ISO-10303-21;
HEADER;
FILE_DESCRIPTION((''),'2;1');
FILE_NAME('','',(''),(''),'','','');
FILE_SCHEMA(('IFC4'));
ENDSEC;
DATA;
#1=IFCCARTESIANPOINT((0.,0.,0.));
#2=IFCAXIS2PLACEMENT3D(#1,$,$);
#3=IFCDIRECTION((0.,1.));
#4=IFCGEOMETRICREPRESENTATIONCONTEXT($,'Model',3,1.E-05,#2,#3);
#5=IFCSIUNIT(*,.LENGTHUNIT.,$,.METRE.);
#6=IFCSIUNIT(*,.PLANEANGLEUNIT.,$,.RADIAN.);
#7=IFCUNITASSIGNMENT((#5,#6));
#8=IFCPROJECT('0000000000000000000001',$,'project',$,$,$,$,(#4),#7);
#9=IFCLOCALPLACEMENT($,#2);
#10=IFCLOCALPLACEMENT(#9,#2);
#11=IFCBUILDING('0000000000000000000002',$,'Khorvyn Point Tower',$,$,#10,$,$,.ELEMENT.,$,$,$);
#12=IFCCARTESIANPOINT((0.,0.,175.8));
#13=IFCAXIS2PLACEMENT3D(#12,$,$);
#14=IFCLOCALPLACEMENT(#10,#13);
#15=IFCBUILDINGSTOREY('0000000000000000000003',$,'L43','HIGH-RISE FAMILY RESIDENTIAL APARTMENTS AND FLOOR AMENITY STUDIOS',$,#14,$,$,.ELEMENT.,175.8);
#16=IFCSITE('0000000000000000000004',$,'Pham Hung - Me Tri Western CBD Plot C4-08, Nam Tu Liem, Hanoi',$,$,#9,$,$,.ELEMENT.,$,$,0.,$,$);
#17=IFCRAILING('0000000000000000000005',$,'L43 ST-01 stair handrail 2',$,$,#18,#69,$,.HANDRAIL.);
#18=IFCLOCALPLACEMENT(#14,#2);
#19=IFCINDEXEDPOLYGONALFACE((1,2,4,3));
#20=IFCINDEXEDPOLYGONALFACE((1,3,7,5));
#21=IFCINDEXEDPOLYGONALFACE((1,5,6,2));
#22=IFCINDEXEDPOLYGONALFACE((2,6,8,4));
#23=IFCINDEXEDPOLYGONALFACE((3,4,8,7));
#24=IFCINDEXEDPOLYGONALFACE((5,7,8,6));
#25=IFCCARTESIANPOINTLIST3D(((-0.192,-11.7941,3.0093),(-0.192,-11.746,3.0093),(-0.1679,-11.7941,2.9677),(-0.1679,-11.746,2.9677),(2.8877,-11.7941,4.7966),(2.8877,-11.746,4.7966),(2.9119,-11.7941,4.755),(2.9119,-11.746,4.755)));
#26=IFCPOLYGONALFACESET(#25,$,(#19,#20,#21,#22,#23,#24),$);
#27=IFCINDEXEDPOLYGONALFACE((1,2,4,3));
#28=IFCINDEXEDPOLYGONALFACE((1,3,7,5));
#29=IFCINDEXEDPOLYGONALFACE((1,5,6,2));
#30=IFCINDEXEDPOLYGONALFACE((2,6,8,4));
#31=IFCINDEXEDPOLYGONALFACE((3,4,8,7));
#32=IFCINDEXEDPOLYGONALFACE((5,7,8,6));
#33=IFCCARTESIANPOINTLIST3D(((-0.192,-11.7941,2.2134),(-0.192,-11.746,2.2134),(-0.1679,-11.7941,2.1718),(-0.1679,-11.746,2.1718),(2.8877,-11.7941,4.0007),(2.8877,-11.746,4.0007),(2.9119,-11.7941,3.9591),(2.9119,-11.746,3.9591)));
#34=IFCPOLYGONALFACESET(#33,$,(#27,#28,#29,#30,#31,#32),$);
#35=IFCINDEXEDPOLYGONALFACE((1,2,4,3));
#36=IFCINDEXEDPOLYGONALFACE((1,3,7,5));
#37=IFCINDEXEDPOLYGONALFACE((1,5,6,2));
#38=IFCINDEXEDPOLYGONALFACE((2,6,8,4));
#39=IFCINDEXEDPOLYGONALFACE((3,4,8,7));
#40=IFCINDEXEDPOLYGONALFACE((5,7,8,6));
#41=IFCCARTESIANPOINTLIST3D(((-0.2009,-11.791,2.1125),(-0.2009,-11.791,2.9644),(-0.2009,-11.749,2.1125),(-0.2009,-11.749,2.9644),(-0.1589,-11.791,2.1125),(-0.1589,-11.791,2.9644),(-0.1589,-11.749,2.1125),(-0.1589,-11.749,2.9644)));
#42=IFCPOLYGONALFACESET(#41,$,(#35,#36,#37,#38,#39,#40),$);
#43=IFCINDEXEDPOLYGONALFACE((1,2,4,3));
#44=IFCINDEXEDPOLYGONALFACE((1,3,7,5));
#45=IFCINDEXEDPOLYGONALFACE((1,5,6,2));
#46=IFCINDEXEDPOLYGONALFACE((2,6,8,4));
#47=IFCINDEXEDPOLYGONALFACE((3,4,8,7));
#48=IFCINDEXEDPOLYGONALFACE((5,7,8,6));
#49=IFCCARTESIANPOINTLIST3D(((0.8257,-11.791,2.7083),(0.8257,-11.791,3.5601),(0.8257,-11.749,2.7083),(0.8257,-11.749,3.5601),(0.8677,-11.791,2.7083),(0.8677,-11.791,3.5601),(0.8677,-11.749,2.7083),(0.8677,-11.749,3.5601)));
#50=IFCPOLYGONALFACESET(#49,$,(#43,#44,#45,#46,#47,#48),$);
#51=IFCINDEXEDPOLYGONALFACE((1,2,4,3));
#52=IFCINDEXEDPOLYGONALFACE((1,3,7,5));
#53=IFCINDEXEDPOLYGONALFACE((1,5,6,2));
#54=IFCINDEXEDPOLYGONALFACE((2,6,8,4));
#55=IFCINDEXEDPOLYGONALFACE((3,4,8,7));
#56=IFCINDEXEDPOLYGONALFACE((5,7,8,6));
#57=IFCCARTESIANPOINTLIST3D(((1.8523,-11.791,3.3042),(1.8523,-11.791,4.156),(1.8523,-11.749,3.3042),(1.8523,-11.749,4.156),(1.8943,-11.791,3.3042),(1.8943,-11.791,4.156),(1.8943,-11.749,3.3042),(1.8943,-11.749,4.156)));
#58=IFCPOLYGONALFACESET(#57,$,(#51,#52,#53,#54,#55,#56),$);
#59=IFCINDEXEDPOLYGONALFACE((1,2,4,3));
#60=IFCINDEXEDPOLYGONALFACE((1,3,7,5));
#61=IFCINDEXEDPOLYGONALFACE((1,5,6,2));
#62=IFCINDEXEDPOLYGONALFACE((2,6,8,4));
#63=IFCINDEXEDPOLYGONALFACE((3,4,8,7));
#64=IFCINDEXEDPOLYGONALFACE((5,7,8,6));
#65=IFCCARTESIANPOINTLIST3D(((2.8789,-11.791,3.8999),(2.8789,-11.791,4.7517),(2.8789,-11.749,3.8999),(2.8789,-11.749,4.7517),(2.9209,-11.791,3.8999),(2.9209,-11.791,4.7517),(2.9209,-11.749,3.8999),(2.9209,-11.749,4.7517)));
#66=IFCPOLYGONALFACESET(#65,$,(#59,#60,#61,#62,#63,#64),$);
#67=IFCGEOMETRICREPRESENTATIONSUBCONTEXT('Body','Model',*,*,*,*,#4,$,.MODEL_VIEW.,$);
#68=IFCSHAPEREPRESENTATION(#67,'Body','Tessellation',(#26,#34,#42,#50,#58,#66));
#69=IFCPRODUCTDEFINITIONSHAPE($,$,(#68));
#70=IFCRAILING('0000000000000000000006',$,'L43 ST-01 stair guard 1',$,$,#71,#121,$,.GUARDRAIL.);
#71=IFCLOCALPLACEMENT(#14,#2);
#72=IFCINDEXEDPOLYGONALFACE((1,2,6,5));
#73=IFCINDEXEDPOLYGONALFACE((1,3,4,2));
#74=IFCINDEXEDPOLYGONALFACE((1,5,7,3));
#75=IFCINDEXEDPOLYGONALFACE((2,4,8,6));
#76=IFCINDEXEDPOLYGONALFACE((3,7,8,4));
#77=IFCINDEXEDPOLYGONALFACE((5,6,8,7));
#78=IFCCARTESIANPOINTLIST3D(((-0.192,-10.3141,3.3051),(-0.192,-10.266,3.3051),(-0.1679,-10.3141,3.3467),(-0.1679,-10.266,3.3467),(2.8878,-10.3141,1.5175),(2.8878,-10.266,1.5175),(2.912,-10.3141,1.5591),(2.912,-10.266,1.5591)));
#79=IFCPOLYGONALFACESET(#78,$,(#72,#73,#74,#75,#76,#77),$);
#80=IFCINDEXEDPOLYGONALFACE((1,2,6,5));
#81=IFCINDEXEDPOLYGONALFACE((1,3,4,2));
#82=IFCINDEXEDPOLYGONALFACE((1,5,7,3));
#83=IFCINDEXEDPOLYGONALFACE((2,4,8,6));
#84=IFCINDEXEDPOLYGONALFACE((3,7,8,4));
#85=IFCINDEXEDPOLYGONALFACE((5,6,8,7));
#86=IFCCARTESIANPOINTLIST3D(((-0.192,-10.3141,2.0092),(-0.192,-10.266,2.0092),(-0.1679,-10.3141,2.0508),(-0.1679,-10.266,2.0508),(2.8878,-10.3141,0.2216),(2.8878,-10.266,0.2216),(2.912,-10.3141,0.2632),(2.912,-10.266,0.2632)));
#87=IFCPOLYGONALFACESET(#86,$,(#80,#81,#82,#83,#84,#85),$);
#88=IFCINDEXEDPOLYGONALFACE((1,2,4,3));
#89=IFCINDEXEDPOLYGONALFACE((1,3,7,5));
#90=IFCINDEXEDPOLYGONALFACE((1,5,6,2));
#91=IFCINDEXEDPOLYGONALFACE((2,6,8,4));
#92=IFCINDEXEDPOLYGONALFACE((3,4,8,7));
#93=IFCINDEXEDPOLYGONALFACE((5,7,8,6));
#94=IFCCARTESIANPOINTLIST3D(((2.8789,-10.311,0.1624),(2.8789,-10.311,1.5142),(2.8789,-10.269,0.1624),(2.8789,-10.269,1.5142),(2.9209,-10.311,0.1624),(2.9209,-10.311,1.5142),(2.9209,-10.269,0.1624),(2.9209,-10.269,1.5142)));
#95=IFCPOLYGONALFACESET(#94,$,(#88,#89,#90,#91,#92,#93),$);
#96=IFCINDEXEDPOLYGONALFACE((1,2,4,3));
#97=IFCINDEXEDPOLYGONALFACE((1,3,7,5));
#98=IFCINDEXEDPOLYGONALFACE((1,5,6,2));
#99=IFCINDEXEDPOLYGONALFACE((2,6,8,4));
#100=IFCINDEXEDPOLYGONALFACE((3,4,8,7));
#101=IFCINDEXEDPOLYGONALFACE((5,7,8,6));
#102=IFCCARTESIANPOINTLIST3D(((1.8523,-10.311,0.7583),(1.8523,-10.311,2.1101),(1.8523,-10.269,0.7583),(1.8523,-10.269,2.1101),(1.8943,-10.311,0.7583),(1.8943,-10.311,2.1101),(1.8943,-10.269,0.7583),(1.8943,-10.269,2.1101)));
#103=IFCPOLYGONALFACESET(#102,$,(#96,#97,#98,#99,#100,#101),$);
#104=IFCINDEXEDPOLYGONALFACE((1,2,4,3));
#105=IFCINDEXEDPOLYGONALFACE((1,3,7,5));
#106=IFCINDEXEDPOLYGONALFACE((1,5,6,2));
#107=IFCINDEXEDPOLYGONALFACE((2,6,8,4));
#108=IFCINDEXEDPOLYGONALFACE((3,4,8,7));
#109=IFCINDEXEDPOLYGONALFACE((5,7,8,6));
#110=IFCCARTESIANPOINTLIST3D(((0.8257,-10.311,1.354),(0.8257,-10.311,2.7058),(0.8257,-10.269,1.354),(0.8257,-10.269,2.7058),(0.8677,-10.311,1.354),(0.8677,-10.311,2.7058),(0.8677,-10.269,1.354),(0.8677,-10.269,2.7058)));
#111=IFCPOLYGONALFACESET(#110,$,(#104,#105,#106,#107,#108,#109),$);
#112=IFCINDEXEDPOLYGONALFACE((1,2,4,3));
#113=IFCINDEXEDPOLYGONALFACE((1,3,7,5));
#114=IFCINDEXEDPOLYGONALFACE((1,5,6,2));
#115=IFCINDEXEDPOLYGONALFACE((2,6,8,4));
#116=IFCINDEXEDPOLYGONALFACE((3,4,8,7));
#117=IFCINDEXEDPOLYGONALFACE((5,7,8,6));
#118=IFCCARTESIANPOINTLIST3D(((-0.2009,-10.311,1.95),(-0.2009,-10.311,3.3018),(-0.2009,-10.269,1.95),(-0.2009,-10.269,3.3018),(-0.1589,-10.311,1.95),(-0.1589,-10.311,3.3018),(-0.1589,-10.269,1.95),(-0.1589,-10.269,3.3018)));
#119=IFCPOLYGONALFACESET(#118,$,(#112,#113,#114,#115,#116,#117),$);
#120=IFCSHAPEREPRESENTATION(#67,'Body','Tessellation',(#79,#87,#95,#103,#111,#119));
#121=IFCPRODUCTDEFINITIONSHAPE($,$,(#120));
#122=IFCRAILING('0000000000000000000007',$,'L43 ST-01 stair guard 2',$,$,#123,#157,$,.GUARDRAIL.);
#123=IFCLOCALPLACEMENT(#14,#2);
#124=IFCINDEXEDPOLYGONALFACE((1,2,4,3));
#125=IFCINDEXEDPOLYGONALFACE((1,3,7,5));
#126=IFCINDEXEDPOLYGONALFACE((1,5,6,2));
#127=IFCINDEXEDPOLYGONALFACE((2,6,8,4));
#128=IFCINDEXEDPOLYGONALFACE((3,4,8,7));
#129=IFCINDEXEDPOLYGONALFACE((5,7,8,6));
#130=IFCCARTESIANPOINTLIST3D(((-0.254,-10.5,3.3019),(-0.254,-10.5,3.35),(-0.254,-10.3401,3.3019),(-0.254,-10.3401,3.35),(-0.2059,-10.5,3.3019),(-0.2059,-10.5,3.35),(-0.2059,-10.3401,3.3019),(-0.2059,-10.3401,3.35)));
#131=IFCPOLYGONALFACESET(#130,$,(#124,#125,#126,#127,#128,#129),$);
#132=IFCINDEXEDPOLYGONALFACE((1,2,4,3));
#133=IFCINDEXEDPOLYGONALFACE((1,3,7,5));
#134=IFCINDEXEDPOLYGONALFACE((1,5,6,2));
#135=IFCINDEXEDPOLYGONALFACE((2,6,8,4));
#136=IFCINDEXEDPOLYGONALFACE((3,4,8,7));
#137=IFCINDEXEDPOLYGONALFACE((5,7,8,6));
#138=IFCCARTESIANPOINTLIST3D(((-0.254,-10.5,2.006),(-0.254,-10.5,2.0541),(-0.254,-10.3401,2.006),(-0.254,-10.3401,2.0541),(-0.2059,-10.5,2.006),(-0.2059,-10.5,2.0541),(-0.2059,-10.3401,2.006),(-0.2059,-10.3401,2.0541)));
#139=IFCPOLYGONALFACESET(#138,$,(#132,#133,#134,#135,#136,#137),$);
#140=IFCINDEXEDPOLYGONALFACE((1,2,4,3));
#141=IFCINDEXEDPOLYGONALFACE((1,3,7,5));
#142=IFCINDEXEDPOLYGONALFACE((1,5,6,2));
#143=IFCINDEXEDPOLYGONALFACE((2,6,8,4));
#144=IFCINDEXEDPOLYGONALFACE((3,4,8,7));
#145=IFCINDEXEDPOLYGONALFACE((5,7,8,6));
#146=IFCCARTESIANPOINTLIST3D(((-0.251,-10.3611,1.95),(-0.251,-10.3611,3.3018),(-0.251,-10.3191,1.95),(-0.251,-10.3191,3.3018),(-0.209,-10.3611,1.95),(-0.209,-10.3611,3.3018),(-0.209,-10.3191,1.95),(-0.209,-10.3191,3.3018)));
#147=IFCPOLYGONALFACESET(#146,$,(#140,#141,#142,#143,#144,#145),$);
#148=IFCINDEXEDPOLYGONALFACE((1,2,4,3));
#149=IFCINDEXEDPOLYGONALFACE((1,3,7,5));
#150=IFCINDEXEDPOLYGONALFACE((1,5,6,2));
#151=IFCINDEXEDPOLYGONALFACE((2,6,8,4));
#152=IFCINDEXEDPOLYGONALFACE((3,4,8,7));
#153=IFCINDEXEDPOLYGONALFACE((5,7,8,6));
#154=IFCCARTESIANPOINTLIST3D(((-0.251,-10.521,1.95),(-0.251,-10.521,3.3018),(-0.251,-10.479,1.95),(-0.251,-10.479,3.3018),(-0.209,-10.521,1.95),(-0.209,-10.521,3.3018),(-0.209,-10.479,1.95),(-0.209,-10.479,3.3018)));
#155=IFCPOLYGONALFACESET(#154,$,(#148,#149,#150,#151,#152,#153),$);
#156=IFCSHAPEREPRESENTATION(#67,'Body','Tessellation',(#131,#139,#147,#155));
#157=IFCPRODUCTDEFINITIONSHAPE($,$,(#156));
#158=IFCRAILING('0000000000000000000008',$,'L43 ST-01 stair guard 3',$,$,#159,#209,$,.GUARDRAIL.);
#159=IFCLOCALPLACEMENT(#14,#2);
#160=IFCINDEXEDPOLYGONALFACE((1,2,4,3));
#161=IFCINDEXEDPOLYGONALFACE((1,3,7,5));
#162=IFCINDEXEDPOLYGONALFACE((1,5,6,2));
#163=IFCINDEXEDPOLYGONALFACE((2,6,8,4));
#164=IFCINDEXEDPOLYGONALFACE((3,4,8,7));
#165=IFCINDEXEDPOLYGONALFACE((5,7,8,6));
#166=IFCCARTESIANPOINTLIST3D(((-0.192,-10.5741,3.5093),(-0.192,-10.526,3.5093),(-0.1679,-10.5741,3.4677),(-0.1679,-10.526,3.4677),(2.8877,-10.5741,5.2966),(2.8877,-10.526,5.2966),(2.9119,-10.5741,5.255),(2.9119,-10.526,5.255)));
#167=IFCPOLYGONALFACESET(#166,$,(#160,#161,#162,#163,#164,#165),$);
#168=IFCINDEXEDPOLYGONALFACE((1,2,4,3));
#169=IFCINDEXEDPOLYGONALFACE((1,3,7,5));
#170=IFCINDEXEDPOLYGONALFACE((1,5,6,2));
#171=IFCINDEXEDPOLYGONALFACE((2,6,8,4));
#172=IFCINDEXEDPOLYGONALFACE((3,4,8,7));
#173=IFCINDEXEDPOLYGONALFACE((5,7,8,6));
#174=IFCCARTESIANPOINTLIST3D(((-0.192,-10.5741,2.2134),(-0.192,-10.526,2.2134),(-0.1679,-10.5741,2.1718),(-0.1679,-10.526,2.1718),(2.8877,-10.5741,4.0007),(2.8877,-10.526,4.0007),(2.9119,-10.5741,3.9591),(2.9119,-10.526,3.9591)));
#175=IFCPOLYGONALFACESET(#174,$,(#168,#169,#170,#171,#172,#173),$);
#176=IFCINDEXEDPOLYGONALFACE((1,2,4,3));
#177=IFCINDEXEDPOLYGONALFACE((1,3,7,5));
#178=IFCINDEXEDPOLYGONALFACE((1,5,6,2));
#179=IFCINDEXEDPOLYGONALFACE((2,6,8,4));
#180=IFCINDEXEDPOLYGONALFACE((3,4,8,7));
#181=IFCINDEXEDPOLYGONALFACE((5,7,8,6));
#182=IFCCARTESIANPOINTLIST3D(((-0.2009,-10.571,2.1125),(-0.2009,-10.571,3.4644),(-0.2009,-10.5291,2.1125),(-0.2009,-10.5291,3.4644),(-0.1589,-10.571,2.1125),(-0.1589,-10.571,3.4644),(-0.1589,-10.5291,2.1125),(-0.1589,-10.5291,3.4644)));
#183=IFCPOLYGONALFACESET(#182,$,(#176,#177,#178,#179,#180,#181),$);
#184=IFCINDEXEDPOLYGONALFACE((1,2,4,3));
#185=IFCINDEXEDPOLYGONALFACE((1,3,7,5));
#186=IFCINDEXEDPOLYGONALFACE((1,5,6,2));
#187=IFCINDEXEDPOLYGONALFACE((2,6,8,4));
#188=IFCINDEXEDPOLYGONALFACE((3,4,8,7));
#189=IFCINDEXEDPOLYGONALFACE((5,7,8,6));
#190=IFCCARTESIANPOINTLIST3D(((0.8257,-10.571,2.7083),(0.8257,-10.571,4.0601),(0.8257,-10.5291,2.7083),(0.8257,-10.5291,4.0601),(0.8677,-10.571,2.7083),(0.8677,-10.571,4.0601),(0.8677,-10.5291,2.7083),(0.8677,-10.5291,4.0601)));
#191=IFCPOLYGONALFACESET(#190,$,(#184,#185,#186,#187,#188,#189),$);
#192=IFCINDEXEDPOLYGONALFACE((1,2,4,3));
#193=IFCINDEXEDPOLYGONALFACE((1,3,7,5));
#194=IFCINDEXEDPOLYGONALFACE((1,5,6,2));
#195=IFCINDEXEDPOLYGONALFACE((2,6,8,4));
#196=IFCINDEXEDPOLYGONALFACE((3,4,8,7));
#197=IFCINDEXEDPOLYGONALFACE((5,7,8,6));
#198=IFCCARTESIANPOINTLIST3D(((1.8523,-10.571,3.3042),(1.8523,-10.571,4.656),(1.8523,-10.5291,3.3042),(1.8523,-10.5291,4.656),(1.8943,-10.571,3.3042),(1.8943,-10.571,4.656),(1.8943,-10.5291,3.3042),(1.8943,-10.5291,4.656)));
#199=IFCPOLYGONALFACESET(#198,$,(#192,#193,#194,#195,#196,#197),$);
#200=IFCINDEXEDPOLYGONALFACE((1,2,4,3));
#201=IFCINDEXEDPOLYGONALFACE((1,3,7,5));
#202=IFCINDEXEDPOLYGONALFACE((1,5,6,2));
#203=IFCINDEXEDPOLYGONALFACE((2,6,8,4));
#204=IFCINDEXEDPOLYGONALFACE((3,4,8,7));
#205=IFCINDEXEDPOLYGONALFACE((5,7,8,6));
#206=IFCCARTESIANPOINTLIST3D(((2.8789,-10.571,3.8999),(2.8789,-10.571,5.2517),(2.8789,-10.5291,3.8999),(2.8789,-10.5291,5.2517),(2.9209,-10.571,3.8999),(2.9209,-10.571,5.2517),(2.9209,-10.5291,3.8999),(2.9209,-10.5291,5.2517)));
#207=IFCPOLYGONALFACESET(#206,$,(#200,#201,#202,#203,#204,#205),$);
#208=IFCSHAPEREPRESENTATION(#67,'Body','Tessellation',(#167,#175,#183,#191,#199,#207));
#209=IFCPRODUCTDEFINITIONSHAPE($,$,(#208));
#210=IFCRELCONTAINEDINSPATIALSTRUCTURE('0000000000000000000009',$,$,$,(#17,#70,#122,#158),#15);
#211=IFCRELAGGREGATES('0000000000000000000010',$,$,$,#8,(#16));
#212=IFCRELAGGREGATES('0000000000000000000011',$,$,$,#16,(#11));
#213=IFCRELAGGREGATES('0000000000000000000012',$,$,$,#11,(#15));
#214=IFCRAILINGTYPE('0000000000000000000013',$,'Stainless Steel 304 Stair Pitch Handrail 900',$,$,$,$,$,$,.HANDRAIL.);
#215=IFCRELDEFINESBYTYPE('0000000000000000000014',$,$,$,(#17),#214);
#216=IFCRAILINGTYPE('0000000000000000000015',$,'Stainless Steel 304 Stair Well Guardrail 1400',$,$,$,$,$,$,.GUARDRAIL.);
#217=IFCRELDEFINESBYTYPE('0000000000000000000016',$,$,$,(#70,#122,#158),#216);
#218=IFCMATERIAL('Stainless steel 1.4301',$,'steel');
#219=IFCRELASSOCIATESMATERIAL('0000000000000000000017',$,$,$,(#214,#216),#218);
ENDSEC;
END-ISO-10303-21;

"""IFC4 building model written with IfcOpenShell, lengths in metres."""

from ifc_helpers import new_model, si_unit, direction, frame, origin, origin_2d, place, context, subcontext, project, spatial, rectangle, extrude, material, type_object, element, save


model = new_model("IFC4")

# Units and contexts
model_context = context("Model", 3, precision=1e-05, world=origin(), true_north=direction((0.0, 1.0)))
body_context = subcontext(model_context, "Body", "Model", "MODEL_VIEW")
ifc_project = project(units=[si_unit("LENGTHUNIT", "METRE"), si_unit("PLANEANGLEUNIT", "RADIAN")], contexts=[model_context])

# Site, building, storey
site_placement = place(None, origin())
site = spatial("IfcSite", under=ifc_project, at=site_placement, Name="Pham Hung - Me Tri Western CBD Plot C4-08, Nam Tu Liem, Hanoi", CompositionType="ELEMENT", RefElevation=0.0)
building_placement = place(site_placement, origin())
building = spatial("IfcBuilding", under=site, at=building_placement, Name="Khorvyn Point Tower", CompositionType="ELEMENT")
storey_placement = place(building_placement, frame((0.0, 0.0, 175.8)))
storey = spatial("IfcBuildingStorey", under=building, at=storey_placement, Name="L43", Description="HIGH-RISE FAMILY RESIDENTIAL APARTMENTS AND FLOOR AMENITY STUDIOS", CompositionType="ELEMENT", Elevation=175.8)

# Shared definitions
ifc_material_1 = material(Name="Stainless steel 1.4301", Category="steel")

# Railings
railing_type_1 = type_object("IfcRailingType", Name="Stainless Steel 304 Stair Pitch Handrail 900", PredefinedType="HANDRAIL", material=ifc_material_1)
railing_1_placement = place(storey_placement, frame((-0.1799, -11.77, 2.1125)))
element("IfcRailing", 1, at=railing_1_placement, inside=storey, type_object=railing_type_1, Name="L43 ST-01 stair handrail 2", PredefinedType="HANDRAIL", context=body_context, shape_type="SweptSolid", body=[
    extrude(rectangle(XDim=0.0481, YDim=0.0481, at=origin_2d()), frame((0.0, 0.0, 0.876), z_axis=(0.864903, 0.0, 0.501939), x_axis=(0.0, 1.0, 0.0)), (0.0, 0.0, 1.0), 3.5608),
    extrude(rectangle(XDim=0.0481, YDim=0.0481, at=origin_2d()), frame((0.0, 0.0, 0.0801), z_axis=(0.864903, 0.0, 0.501939), x_axis=(0.0, 1.0, 0.0)), (0.0, 0.0, 1.0), 3.5608),
    extrude(rectangle(XDim=0.042, YDim=0.042, at=origin_2d()), origin(), (0.0, 0.0, 1.0), 0.8518),
    extrude(rectangle(XDim=0.042, YDim=0.042, at=origin_2d()), frame((1.0266, 0.0, 0.5957)), (0.0, 0.0, 1.0), 0.8518),
    extrude(rectangle(XDim=0.042, YDim=0.042, at=origin_2d()), frame((2.0532, 0.0, 1.1917)), (0.0, 0.0, 1.0), 0.8518),
    extrude(rectangle(XDim=0.042, YDim=0.042, at=origin_2d()), frame((3.0798, 0.0, 1.7874)), (0.0, 0.0, 1.0), 0.8518),
])
railing_type_2 = type_object("IfcRailingType", Name="Stainless Steel 304 Stair Well Guardrail 1400", PredefinedType="GUARDRAIL", material=ifc_material_1)
railing_2_placement = place(storey_placement, frame((2.8999, -10.29, 0.1624)))
element("IfcRailing", 2, at=railing_2_placement, inside=storey, type_object=railing_type_2, Name="L43 ST-01 stair guard 1", PredefinedType="GUARDRAIL", context=body_context, shape_type="SweptSolid", body=[
    extrude(rectangle(XDim=0.0481, YDim=0.0481, at=origin_2d()), frame((0.0, 0.0, 1.376), z_axis=(-0.864873, 0.0, 0.50199), x_axis=(0.0, -1.0, 0.0)), (0.0, 0.0, 1.0), 3.561),
    extrude(rectangle(XDim=0.0481, YDim=0.0481, at=origin_2d()), frame((0.0, 0.0, 0.0801), z_axis=(-0.864873, 0.0, 0.50199), x_axis=(0.0, -1.0, 0.0)), (0.0, 0.0, 1.0), 3.561),
    extrude(rectangle(XDim=0.042, YDim=0.042, at=origin_2d()), origin(), (0.0, 0.0, 1.0), 1.3518),
    extrude(rectangle(XDim=0.042, YDim=0.042, at=origin_2d()), frame((-1.0266, 0.0, 0.5959)), (0.0, 0.0, 1.0), 1.3518),
    extrude(rectangle(XDim=0.042, YDim=0.042, at=origin_2d()), frame((-2.0532, 0.0, 1.1917)), (0.0, 0.0, 1.0), 1.3518),
    extrude(rectangle(XDim=0.042, YDim=0.042, at=origin_2d()), frame((-3.0798, 0.0, 1.7876)), (0.0, 0.0, 1.0), 1.3518),
])
railing_3_placement = place(storey_placement, frame((-0.23, -10.3401, 1.95)))
element("IfcRailing", 3, at=railing_3_placement, inside=storey, type_object=railing_type_2, Name="L43 ST-01 stair guard 2", PredefinedType="GUARDRAIL", context=body_context, shape_type="SweptSolid", body=[
    extrude(rectangle(XDim=0.0481, YDim=0.0481, at=origin_2d()), frame((0.0, 0.0, 1.376), z_axis=(0.0, -1.0, 0.0), x_axis=(1.0, 0.0, 0.0)), (0.0, 0.0, 1.0), 0.1599),
    extrude(rectangle(XDim=0.0481, YDim=0.0481, at=origin_2d()), frame((0.0, 0.0, 0.0801), z_axis=(0.0, -1.0, 0.0), x_axis=(1.0, 0.0, 0.0)), (0.0, 0.0, 1.0), 0.1599),
    extrude(rectangle(XDim=0.042, YDim=0.042, at=origin_2d()), origin(), (0.0, 0.0, 1.0), 1.3518),
    extrude(rectangle(XDim=0.042, YDim=0.042, at=origin_2d()), frame((0.0, -0.1599, 0.0)), (0.0, 0.0, 1.0), 1.3518),
])
railing_4_placement = place(storey_placement, frame((-0.1799, -10.55, 2.1125)))
element("IfcRailing", 4, at=railing_4_placement, inside=storey, type_object=railing_type_2, Name="L43 ST-01 stair guard 3", PredefinedType="GUARDRAIL", context=body_context, shape_type="SweptSolid", body=[
    extrude(rectangle(XDim=0.0481, YDim=0.0481, at=origin_2d()), frame((0.0, 0.0, 1.376), z_axis=(0.864903, 0.0, 0.501939), x_axis=(0.0, 1.0, 0.0)), (0.0, 0.0, 1.0), 3.5608),
    extrude(rectangle(XDim=0.0481, YDim=0.0481, at=origin_2d()), frame((0.0, 0.0, 0.0801), z_axis=(0.864903, 0.0, 0.501939), x_axis=(0.0, 1.0, 0.0)), (0.0, 0.0, 1.0), 3.5608),
    extrude(rectangle(XDim=0.042, YDim=0.042, at=origin_2d()), origin(), (0.0, 0.0, 1.0), 1.3518),
    extrude(rectangle(XDim=0.042, YDim=0.042, at=origin_2d()), frame((1.0266, 0.0, 0.5957)), (0.0, 0.0, 1.0), 1.3518),
    extrude(rectangle(XDim=0.042, YDim=0.042, at=origin_2d()), frame((2.0532, 0.0, 1.1917)), (0.0, 0.0, 1.0), 1.3518),
    extrude(rectangle(XDim=0.042, YDim=0.042, at=origin_2d()), frame((3.0798, 0.0, 1.7874)), (0.0, 0.0, 1.0), 1.3518),
])

save(model, "model.ifc")
